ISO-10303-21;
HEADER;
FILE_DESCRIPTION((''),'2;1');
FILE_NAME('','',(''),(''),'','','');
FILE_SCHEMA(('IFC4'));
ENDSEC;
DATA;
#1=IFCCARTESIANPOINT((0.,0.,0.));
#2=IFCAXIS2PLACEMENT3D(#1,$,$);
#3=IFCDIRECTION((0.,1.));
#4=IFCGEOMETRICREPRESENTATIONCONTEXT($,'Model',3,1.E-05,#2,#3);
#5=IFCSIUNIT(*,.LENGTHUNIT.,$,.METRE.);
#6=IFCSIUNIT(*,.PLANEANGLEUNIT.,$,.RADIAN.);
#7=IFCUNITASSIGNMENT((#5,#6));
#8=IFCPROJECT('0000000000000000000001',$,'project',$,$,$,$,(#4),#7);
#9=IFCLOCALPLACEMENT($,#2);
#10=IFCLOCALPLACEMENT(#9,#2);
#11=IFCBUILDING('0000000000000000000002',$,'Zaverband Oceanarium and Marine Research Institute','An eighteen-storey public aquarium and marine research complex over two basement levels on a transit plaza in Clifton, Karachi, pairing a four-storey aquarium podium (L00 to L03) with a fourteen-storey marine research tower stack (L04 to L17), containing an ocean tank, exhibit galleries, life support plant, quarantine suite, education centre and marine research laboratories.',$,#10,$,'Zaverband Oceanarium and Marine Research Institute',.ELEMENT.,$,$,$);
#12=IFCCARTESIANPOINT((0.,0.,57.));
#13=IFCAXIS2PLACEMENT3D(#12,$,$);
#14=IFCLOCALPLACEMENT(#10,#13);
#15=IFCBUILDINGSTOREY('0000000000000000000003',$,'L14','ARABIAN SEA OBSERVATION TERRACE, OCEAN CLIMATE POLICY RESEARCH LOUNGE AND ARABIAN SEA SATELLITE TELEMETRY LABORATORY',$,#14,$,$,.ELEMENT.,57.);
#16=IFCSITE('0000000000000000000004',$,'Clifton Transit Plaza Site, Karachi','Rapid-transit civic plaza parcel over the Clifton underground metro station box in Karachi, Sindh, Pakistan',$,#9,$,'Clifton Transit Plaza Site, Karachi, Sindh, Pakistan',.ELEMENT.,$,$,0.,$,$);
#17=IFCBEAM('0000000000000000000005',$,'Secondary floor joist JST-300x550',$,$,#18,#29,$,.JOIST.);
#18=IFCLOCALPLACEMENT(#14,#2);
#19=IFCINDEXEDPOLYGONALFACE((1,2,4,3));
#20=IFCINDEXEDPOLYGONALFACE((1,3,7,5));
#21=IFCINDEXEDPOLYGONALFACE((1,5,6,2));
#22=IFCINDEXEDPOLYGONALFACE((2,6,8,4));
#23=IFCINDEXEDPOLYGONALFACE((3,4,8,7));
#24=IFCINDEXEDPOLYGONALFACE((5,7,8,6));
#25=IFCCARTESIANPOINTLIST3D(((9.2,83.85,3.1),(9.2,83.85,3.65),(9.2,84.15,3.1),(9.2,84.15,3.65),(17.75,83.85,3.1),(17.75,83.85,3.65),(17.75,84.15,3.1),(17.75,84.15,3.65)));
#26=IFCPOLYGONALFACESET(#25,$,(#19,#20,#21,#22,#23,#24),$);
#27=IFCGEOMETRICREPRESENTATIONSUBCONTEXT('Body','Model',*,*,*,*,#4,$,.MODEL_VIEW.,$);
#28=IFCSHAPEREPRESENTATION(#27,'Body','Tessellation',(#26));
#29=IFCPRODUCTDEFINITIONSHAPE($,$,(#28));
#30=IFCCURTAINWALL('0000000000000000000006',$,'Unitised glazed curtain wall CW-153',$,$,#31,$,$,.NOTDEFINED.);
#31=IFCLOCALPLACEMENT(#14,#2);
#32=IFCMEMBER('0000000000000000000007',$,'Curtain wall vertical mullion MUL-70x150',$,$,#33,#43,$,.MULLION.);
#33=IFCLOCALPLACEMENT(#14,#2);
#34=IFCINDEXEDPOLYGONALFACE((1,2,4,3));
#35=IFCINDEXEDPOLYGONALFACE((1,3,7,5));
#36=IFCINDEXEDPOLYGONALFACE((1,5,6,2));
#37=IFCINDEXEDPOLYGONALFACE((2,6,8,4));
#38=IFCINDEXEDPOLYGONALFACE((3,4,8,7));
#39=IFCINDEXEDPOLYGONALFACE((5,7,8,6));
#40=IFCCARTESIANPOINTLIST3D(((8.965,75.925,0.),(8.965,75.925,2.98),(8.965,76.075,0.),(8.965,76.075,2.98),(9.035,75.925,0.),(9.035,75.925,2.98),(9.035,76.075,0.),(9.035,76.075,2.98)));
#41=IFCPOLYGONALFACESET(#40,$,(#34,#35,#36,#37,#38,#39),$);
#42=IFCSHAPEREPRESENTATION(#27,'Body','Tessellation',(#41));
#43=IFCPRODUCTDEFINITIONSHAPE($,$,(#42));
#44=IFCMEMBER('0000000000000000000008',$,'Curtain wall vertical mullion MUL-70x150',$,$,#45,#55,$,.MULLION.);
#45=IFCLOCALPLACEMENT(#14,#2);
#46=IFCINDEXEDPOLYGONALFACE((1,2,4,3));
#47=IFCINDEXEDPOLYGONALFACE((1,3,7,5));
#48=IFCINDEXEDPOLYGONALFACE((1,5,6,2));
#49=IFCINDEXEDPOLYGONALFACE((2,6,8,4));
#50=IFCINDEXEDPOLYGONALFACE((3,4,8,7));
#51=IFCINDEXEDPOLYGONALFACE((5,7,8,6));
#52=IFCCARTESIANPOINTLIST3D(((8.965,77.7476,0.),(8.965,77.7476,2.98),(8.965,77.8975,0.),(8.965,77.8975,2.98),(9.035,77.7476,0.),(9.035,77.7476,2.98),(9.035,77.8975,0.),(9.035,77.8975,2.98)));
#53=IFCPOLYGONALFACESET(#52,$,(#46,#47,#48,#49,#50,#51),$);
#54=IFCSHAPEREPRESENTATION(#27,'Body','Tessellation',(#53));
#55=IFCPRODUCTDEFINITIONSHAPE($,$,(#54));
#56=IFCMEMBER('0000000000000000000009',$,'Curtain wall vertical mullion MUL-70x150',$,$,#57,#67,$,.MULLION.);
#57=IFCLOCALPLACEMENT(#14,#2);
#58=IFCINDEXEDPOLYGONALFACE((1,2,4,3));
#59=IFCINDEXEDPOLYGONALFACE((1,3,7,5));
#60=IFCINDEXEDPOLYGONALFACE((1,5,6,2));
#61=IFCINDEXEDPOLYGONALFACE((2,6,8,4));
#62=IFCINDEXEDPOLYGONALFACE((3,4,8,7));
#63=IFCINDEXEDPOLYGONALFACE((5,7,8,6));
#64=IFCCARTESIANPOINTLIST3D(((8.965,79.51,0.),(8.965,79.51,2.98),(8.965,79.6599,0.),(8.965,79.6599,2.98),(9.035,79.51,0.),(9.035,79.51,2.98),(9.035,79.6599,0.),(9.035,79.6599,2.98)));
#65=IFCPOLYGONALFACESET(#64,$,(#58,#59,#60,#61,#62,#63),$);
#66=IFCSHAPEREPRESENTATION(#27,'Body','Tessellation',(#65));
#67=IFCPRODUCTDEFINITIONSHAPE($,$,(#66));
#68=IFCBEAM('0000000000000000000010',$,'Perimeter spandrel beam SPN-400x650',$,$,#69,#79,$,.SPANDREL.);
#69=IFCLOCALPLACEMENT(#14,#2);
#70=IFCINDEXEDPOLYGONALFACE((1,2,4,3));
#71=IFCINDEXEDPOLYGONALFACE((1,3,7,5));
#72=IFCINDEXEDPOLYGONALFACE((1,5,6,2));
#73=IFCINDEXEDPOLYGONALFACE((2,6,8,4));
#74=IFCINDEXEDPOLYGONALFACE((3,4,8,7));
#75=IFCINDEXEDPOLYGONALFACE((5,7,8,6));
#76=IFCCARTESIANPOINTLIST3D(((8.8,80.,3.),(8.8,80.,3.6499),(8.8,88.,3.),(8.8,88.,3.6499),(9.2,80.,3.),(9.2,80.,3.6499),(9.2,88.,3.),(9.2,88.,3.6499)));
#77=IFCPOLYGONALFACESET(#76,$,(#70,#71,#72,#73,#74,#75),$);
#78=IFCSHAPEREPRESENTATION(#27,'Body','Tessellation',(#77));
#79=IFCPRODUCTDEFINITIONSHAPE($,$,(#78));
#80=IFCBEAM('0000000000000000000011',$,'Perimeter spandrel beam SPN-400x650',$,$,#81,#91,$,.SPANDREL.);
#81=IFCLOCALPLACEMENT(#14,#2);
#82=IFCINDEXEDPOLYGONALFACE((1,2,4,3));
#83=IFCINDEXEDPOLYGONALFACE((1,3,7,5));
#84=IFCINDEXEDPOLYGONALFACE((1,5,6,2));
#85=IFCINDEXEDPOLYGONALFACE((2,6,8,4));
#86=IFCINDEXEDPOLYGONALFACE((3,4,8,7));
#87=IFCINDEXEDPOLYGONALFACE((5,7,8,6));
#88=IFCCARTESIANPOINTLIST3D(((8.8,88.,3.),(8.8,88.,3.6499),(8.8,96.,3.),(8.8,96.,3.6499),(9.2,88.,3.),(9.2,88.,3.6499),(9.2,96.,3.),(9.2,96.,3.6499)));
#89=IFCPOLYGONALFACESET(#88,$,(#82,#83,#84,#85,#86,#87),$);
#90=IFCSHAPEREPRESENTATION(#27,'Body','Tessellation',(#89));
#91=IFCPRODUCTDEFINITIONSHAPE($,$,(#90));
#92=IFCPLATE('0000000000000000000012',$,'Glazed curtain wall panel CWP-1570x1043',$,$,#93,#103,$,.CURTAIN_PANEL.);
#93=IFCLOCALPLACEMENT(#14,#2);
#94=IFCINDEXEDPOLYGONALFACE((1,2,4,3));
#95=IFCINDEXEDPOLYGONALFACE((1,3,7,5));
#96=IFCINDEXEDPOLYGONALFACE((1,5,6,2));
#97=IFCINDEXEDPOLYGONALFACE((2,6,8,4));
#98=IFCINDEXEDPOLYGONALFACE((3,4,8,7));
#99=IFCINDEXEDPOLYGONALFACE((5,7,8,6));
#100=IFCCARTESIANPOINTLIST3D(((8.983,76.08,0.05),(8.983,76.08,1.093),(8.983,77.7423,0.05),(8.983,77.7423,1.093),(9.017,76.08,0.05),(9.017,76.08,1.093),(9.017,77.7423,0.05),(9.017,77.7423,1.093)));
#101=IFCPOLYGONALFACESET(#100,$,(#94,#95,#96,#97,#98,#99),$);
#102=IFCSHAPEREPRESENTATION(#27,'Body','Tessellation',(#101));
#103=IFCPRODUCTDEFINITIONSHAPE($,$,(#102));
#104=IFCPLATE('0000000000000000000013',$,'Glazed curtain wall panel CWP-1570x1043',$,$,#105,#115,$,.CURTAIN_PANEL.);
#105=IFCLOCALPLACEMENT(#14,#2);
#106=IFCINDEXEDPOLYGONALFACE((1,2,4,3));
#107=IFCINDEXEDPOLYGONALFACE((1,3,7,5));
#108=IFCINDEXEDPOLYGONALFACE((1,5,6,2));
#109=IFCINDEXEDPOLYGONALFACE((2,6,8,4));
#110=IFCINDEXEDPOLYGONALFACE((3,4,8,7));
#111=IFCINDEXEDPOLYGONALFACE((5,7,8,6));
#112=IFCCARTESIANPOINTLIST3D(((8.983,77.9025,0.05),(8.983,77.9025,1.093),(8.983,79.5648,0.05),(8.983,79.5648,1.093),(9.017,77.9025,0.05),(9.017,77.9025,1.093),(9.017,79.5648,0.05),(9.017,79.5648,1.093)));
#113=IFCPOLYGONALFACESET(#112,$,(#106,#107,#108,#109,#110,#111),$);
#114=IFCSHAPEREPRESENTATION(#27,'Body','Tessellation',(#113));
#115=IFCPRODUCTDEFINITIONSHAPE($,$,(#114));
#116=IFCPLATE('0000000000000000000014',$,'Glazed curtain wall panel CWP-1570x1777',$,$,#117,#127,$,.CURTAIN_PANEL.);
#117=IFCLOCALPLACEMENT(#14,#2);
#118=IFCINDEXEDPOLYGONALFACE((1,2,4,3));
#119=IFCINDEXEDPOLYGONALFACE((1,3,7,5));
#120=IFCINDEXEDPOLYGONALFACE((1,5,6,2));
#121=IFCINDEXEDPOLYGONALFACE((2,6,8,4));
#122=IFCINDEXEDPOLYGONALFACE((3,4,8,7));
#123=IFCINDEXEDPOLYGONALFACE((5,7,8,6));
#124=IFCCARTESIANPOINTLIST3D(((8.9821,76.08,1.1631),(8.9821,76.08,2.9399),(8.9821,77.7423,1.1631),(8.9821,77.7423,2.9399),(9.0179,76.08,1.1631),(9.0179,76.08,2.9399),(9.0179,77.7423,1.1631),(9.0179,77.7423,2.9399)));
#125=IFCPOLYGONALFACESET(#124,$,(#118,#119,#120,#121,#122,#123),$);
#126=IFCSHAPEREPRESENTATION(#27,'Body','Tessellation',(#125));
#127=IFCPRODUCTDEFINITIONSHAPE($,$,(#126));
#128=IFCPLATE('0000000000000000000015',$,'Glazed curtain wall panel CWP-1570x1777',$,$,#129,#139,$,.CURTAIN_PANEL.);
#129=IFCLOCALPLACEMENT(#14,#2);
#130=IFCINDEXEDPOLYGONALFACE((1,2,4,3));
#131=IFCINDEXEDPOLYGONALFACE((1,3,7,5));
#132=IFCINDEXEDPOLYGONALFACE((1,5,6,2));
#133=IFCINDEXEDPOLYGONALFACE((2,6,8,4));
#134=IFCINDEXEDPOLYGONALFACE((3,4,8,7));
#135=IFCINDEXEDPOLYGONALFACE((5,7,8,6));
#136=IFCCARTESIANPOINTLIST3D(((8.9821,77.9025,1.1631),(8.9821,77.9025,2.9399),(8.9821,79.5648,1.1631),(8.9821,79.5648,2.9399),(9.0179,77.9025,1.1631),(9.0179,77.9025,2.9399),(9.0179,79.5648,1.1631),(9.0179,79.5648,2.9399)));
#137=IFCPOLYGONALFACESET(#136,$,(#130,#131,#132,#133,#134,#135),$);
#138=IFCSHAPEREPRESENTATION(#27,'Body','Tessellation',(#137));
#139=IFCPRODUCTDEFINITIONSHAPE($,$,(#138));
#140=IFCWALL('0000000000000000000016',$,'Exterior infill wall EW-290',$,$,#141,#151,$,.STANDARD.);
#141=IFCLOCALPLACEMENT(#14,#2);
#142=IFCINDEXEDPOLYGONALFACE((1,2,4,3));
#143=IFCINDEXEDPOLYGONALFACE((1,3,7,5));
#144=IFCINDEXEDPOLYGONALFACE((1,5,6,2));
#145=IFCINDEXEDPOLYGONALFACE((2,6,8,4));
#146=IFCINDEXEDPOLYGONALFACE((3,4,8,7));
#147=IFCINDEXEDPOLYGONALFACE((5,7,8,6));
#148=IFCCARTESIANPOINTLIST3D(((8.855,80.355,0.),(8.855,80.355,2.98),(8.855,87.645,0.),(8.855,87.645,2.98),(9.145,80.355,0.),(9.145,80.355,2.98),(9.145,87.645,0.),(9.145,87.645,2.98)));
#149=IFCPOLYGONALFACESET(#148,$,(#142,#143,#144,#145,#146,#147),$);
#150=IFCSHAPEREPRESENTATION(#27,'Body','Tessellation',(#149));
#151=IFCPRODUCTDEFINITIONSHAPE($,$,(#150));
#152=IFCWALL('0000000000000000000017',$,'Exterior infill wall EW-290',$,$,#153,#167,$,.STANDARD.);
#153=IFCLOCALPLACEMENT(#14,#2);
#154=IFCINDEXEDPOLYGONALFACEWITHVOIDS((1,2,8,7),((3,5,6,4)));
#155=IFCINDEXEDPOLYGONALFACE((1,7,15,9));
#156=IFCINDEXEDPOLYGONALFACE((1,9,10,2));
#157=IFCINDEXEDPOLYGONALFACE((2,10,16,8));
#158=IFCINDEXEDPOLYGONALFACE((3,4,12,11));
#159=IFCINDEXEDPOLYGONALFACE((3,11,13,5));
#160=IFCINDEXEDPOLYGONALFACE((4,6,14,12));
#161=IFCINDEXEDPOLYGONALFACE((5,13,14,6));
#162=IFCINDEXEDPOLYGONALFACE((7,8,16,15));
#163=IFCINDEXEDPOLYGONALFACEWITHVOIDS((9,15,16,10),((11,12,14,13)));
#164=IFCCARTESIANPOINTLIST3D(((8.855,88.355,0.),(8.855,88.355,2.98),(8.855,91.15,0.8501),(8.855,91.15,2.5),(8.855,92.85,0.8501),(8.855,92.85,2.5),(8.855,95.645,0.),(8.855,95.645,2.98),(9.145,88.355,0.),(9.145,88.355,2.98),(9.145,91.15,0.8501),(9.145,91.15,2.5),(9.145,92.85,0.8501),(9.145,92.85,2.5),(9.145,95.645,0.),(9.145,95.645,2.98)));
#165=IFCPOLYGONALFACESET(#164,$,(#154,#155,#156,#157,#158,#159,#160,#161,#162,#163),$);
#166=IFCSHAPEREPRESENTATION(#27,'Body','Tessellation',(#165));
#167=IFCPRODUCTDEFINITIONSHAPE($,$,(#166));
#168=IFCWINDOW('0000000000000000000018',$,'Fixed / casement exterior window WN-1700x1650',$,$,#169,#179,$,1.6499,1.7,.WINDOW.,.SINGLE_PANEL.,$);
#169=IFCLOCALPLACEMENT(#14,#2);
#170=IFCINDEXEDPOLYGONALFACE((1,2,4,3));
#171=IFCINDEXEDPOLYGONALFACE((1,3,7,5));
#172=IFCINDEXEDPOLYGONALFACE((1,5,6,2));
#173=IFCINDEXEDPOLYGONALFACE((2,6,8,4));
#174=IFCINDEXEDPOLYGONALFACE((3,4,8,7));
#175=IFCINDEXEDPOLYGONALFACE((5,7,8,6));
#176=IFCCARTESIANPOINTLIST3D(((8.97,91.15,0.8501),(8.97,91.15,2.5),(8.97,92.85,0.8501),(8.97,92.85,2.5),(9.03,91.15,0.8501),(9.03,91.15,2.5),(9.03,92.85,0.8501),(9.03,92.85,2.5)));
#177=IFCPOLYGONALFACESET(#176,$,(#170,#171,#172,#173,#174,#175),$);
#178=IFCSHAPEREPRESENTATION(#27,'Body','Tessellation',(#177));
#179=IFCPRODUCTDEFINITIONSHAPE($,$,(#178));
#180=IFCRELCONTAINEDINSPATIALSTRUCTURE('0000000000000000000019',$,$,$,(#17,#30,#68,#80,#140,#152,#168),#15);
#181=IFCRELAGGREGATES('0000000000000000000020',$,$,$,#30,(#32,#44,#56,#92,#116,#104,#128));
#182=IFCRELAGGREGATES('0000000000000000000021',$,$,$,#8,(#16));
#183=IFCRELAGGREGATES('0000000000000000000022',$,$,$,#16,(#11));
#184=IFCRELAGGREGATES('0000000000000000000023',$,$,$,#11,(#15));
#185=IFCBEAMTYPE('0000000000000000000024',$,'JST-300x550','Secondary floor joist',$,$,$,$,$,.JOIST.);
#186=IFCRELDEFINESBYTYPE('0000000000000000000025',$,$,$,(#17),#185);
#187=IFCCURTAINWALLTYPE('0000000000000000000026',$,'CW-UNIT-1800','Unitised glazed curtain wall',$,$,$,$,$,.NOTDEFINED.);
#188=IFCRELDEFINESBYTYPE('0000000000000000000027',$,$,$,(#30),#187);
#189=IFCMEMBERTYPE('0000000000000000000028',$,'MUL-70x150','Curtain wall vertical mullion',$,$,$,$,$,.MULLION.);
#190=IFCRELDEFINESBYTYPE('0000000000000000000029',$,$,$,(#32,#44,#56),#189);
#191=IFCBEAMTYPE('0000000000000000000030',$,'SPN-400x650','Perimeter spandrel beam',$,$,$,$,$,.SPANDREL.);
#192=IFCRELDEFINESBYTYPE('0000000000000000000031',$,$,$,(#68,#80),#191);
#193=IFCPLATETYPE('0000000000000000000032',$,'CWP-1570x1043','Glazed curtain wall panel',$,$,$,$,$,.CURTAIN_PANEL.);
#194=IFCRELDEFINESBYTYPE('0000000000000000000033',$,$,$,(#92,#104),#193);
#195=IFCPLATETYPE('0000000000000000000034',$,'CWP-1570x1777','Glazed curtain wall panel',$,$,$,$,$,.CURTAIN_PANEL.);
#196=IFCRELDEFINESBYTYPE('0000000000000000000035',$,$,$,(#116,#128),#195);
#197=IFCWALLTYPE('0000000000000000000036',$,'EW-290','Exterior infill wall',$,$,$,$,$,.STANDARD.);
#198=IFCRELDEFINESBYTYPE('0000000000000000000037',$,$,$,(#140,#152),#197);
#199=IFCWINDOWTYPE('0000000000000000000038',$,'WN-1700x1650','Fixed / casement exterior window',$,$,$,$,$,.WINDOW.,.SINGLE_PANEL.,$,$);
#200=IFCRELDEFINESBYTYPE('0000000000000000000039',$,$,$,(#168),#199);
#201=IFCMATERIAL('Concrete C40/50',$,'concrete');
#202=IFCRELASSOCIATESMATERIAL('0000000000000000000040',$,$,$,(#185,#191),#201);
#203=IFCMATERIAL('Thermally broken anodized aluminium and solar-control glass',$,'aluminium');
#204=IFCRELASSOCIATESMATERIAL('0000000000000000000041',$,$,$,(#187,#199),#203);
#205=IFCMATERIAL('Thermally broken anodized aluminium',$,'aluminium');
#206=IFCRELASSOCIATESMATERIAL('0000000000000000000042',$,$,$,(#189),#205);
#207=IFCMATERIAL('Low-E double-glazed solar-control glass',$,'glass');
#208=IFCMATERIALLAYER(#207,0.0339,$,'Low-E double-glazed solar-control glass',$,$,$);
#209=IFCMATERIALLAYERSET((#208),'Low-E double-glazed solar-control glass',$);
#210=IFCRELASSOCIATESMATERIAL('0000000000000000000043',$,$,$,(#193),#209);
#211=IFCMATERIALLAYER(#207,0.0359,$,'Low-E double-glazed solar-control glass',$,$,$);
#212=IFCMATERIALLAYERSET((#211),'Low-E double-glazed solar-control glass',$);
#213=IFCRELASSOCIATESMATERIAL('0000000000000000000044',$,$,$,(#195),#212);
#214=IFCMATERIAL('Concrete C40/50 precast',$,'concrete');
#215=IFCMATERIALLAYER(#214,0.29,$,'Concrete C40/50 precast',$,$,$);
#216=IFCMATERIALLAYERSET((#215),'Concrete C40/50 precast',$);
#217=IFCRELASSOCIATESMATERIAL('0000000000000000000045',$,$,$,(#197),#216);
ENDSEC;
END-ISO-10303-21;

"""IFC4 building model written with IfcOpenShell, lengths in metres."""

from ifc_helpers import new_model, si_unit, direction, frame, frame_2d, origin, origin_2d, place, context, subcontext, project, spatial, rectangle, extrude, material, layer, layer_set, material_profile, profile_set, type_object, element, fill, aggregate, save


model = new_model("IFC4")

# Units and contexts
model_context = context("Model", 3, precision=1e-05, world=origin(), true_north=direction((0.0, 1.0)))
body_context = subcontext(model_context, "Body", "Model", "MODEL_VIEW")
ifc_project = project(units=[si_unit("LENGTHUNIT", "METRE"), si_unit("PLANEANGLEUNIT", "RADIAN")], contexts=[model_context])

# Site, building, storey
site_placement = place(None, origin())
site = spatial("IfcSite", under=ifc_project, at=site_placement, Name="Clifton Transit Plaza Site, Karachi", Description="Rapid-transit civic plaza parcel over the Clifton underground metro station box in Karachi, Sindh, Pakistan", LongName="Clifton Transit Plaza Site, Karachi, Sindh, Pakistan", CompositionType="ELEMENT", RefElevation=0.0)
building_placement = place(site_placement, origin())
building = spatial("IfcBuilding", under=site, at=building_placement, Name="Zaverband Oceanarium and Marine Research Institute", Description="An eighteen-storey public aquarium and marine research complex over two basement levels on a transit plaza in Clifton, Karachi, pairing a four-storey aquarium podium (L00 to L03) with a fourteen-storey marine research tower stack (L04 to L17), containing an ocean tank, exhibit galleries, life support plant, quarantine suite, education centre and marine research laboratories.", LongName="Zaverband Oceanarium and Marine Research Institute", CompositionType="ELEMENT")
storey_placement = place(building_placement, frame((0.0, 0.0, 57.0)))
storey = spatial("IfcBuildingStorey", under=building, at=storey_placement, Name="L14", Description="ARABIAN SEA OBSERVATION TERRACE, OCEAN CLIMATE POLICY RESEARCH LOUNGE AND ARABIAN SEA SATELLITE TELEMETRY LABORATORY", CompositionType="ELEMENT", Elevation=57.0)

# Shared definitions
ifc_material_1 = material(Name="Concrete C40/50", Category="concrete")

# Beam
ifc_material_profile_1 = material_profile(ifc_material_1, rectangle(XDim=0.3, YDim=0.55, at=origin_2d()), Name="RC300x550")
ifc_profile_set_1 = profile_set([ifc_material_profile_1], Name="Concrete C40/50")
beam_type_1 = type_object("IfcBeamType", Name="JST-300x550", Description="Secondary floor joist", PredefinedType="JOIST", material=ifc_profile_set_1)
beam_1_placement = place(storey_placement, frame((9.2, 84.0, 3.375), z_axis=(1.0, 0.0, 0.0), x_axis=(0.0, 1.0, 0.0)))
element("IfcBeam", 1, at=beam_1_placement, inside=storey, type_object=beam_type_1, Name="Secondary floor joist JST-300x550", PredefinedType="JOIST", context=body_context, shape_type="SweptSolid", body=[
    extrude(rectangle(XDim=0.3, YDim=0.55, at=origin_2d()), origin(), (0.0, 0.0, 1.0), 8.55),
])

# Curtain wall, members
ifc_material_2 = material(Name="Thermally broken anodized aluminium and solar-control glass", Category="aluminium")
curtain_wall_type = type_object("IfcCurtainWallType", Name="CW-UNIT-1800", Description="Unitised glazed curtain wall", PredefinedType="NOTDEFINED", material=ifc_material_2)
curtain_wall_placement = place(storey_placement, origin())
curtain_wall = element("IfcCurtainWall", 2, at=curtain_wall_placement, inside=storey, type_object=curtain_wall_type, Name="Unitised glazed curtain wall CW-153", PredefinedType="NOTDEFINED")
ifc_material_3 = material(Name="Thermally broken anodized aluminium", Category="aluminium")
ifc_material_profile_2 = material_profile(ifc_material_3, rectangle(XDim=0.0701, YDim=0.1499, at=origin_2d()), Name="AL-MUL-70x150")
ifc_profile_set_2 = profile_set([ifc_material_profile_2], Name="Thermally broken anodized aluminium")
member_type_1 = type_object("IfcMemberType", Name="MUL-70x150", Description="Curtain wall vertical mullion", PredefinedType="MULLION", material=ifc_profile_set_2)
member_1_placement = place(storey_placement, frame((9.0, 76.0, 0.0), z_axis=(0.0, 0.0, 1.0), x_axis=(1.0, 0.0, 0.0)))
member_1 = element("IfcMember", 3, at=member_1_placement, type_object=member_type_1, Name="Curtain wall vertical mullion MUL-70x150", PredefinedType="MULLION", context=body_context, shape_type="SweptSolid", body=[
    extrude(rectangle(XDim=0.0701, YDim=0.1499, at=origin_2d()), origin(), (0.0, 0.0, 1.0), 2.98),
])
member_2_placement = place(storey_placement, frame((9.0, 77.8225, 0.0), z_axis=(0.0, 0.0, 1.0), x_axis=(1.0, 0.0, 0.0)))
member_2 = element("IfcMember", 4, at=member_2_placement, type_object=member_type_1, Name="Curtain wall vertical mullion MUL-70x150", PredefinedType="MULLION", context=body_context, shape_type="SweptSolid", body=[
    extrude(rectangle(XDim=0.0701, YDim=0.1499, at=origin_2d()), origin(), (0.0, 0.0, 1.0), 2.98),
])
member_3_placement = place(storey_placement, frame((9.0, 79.585, 0.0), z_axis=(0.0, 0.0, 1.0), x_axis=(1.0, 0.0, 0.0)))
member_3 = element("IfcMember", 5, at=member_3_placement, type_object=member_type_1, Name="Curtain wall vertical mullion MUL-70x150", PredefinedType="MULLION", context=body_context, shape_type="SweptSolid", body=[
    extrude(rectangle(XDim=0.0701, YDim=0.1499, at=origin_2d()), origin(), (0.0, 0.0, 1.0), 2.98),
])

# Beams
ifc_material_profile_3 = material_profile(ifc_material_1, rectangle(XDim=0.3999, YDim=0.6499, at=origin_2d()), Name="RC400x650")
ifc_profile_set_3 = profile_set([ifc_material_profile_3], Name="Concrete C40/50")
beam_type_2 = type_object("IfcBeamType", Name="SPN-400x650", Description="Perimeter spandrel beam", PredefinedType="SPANDREL", material=ifc_profile_set_3)
for number, where, z_axis, x_axis, name in (
    (6, (9.0, 80.0, 3.325), (0.0, 1.0, 0.0), (-1.0, 0.0, 0.0), "Perimeter spandrel beam SPN-400x650"),
    (7, (9.0, 88.0, 3.325), (0.0, 1.0, 0.0), (-1.0, 0.0, 0.0), "Perimeter spandrel beam SPN-400x650"),
):
    element("IfcBeam", number, at=place(storey_placement, frame(where, z_axis=z_axis, x_axis=x_axis)), inside=storey, type_object=beam_type_2, Name=name, PredefinedType="SPANDREL", context=body_context, shape_type="SweptSolid", body=[
        extrude(rectangle(XDim=0.3999, YDim=0.6499, at=origin_2d()), origin(), (0.0, 0.0, 1.0), 8.0),
    ])

# Plates
ifc_material_4 = material(Name="Low-E double-glazed solar-control glass", Category="glass")
ifc_layer_1 = layer(ifc_material_4, 0.0339, Name="Low-E double-glazed solar-control glass")
ifc_layer_set_1 = layer_set([ifc_layer_1], Name="Low-E double-glazed solar-control glass")
plate_type_1 = type_object("IfcPlateType", Name="CWP-1570x1043", Description="Glazed curtain wall panel", PredefinedType="CURTAIN_PANEL", material=ifc_layer_set_1)
plate_1_placement = place(storey_placement, frame((9.0, 76.0801, 0.05), z_axis=(0.0, 0.0, 1.0), x_axis=(0.0, 1.0, 0.0)))
plate_1 = element("IfcPlate", 8, at=plate_1_placement, type_object=plate_type_1, Name="Glazed curtain wall panel CWP-1570x1043", PredefinedType="CURTAIN_PANEL", context=body_context, shape_type="SweptSolid", body=[
    extrude(rectangle(XDim=1.6624, YDim=0.0339, at=frame_2d((0.8311, 0.0))), origin(), (0.0, 0.0, 1.0), 1.043),
])
plate_2_placement = place(storey_placement, frame((9.0, 77.9026, 0.05), z_axis=(0.0, 0.0, 1.0), x_axis=(0.0, 1.0, 0.0)))
plate_2 = element("IfcPlate", 9, at=plate_2_placement, type_object=plate_type_1, Name="Glazed curtain wall panel CWP-1570x1043", PredefinedType="CURTAIN_PANEL", context=body_context, shape_type="SweptSolid", body=[
    extrude(rectangle(XDim=1.6624, YDim=0.0339, at=frame_2d((0.8311, 0.0))), origin(), (0.0, 0.0, 1.0), 1.043),
])
ifc_layer_2 = layer(ifc_material_4, 0.0359, Name="Low-E double-glazed solar-control glass")
ifc_layer_set_2 = layer_set([ifc_layer_2], Name="Low-E double-glazed solar-control glass")
plate_type_2 = type_object("IfcPlateType", Name="CWP-1570x1777", Description="Glazed curtain wall panel", PredefinedType="CURTAIN_PANEL", material=ifc_layer_set_2)
plate_3_placement = place(storey_placement, frame((9.0, 76.0801, 1.1631), z_axis=(0.0, 0.0, 1.0), x_axis=(0.0, 1.0, 0.0)))
plate_3 = element("IfcPlate", 10, at=plate_3_placement, type_object=plate_type_2, Name="Glazed curtain wall panel CWP-1570x1777", PredefinedType="CURTAIN_PANEL", context=body_context, shape_type="SweptSolid", body=[
    extrude(rectangle(XDim=1.6624, YDim=0.0359, at=frame_2d((0.8311, 0.0))), origin(), (0.0, 0.0, 1.0), 1.7769),
])
plate_4_placement = place(storey_placement, frame((9.0, 77.9026, 1.1631), z_axis=(0.0, 0.0, 1.0), x_axis=(0.0, 1.0, 0.0)))
plate_4 = element("IfcPlate", 11, at=plate_4_placement, type_object=plate_type_2, Name="Glazed curtain wall panel CWP-1570x1777", PredefinedType="CURTAIN_PANEL", context=body_context, shape_type="SweptSolid", body=[
    extrude(rectangle(XDim=1.6624, YDim=0.0359, at=frame_2d((0.8311, 0.0))), origin(), (0.0, 0.0, 1.0), 1.7769),
])
aggregate(curtain_wall, [member_1, member_2, member_3, plate_1, plate_3, plate_2, plate_4])

# Wall
ifc_material_5 = material(Name="Concrete C40/50 precast", Category="concrete")
ifc_layer_3 = layer(ifc_material_5, 0.29, Name="Concrete C40/50 precast")
ifc_layer_set_3 = layer_set([ifc_layer_3], Name="Concrete C40/50 precast")
wall_type = type_object("IfcWallType", Name="EW-290", Description="Exterior infill wall", PredefinedType="STANDARD", material=ifc_layer_set_3)
wall_1_placement = place(storey_placement, frame((9.0, 80.355, 0.0), z_axis=(0.0, 0.0, 1.0), x_axis=(0.0, 1.0, 0.0)))
element("IfcWall", 12, at=wall_1_placement, inside=storey, type_object=wall_type, Name="Exterior infill wall EW-290", PredefinedType="STANDARD", context=body_context, shape_type="SweptSolid", body=[
    extrude(rectangle(XDim=7.29, YDim=0.29, at=frame_2d((3.645, 0.0))), origin(), (0.0, 0.0, 1.0), 2.98),
])

# Wall, opening, window
wall_2_placement = place(storey_placement, frame((9.0, 88.355, 0.0), z_axis=(0.0, 0.0, 1.0), x_axis=(0.0, 1.0, 0.0)))
wall_2 = element("IfcWall", 13, at=wall_2_placement, inside=storey, type_object=wall_type, Name="Exterior infill wall EW-290", PredefinedType="STANDARD", context=body_context, shape_type="SweptSolid", body=[
    extrude(rectangle(XDim=7.29, YDim=0.29, at=frame_2d((3.645, 0.0))), origin(), (0.0, 0.0, 1.0), 2.98),
])
opening_placement = place(wall_2_placement, frame((2.7949, 0.0, 0.8501)))
opening = element("IfcOpeningElement", 14, at=opening_placement, cuts=wall_2, PredefinedType="OPENING", context=body_context, shape_type="SweptSolid", body=[
    extrude(rectangle(XDim=1.7, YDim=1.6499, at=frame_2d((0.8501, 0.825))), frame((0.0, 0.157, 0.0), z_axis=(0.0, -1.0, 0.0), x_axis=(1.0, 0.0, 0.0)), (0.0, 0.0, 1.0), 0.314),
])
window_type = type_object("IfcWindowType", Name="WN-1700x1650", Description="Fixed / casement exterior window", PartitioningType="SINGLE_PANEL", PredefinedType="WINDOW", material=ifc_material_2)
window_placement = place(opening_placement, origin())
window = element("IfcWindow", 15, at=window_placement, inside=storey, type_object=window_type, Name="Fixed / casement exterior window WN-1700x1650", OverallHeight=1.6499, OverallWidth=1.7, PartitioningType="SINGLE_PANEL", PredefinedType="WINDOW", context=body_context, shape_type="SweptSolid", body=[
    extrude(rectangle(XDim=1.7, YDim=1.6499, at=frame_2d((0.8501, 0.825))), frame((0.0, 0.03, 0.0), z_axis=(0.0, -1.0, 0.0), x_axis=(1.0, 0.0, 0.0)), (0.0, 0.0, 1.0), 0.0601),
])
fill(opening, window)

save(model, "model.ifc")
